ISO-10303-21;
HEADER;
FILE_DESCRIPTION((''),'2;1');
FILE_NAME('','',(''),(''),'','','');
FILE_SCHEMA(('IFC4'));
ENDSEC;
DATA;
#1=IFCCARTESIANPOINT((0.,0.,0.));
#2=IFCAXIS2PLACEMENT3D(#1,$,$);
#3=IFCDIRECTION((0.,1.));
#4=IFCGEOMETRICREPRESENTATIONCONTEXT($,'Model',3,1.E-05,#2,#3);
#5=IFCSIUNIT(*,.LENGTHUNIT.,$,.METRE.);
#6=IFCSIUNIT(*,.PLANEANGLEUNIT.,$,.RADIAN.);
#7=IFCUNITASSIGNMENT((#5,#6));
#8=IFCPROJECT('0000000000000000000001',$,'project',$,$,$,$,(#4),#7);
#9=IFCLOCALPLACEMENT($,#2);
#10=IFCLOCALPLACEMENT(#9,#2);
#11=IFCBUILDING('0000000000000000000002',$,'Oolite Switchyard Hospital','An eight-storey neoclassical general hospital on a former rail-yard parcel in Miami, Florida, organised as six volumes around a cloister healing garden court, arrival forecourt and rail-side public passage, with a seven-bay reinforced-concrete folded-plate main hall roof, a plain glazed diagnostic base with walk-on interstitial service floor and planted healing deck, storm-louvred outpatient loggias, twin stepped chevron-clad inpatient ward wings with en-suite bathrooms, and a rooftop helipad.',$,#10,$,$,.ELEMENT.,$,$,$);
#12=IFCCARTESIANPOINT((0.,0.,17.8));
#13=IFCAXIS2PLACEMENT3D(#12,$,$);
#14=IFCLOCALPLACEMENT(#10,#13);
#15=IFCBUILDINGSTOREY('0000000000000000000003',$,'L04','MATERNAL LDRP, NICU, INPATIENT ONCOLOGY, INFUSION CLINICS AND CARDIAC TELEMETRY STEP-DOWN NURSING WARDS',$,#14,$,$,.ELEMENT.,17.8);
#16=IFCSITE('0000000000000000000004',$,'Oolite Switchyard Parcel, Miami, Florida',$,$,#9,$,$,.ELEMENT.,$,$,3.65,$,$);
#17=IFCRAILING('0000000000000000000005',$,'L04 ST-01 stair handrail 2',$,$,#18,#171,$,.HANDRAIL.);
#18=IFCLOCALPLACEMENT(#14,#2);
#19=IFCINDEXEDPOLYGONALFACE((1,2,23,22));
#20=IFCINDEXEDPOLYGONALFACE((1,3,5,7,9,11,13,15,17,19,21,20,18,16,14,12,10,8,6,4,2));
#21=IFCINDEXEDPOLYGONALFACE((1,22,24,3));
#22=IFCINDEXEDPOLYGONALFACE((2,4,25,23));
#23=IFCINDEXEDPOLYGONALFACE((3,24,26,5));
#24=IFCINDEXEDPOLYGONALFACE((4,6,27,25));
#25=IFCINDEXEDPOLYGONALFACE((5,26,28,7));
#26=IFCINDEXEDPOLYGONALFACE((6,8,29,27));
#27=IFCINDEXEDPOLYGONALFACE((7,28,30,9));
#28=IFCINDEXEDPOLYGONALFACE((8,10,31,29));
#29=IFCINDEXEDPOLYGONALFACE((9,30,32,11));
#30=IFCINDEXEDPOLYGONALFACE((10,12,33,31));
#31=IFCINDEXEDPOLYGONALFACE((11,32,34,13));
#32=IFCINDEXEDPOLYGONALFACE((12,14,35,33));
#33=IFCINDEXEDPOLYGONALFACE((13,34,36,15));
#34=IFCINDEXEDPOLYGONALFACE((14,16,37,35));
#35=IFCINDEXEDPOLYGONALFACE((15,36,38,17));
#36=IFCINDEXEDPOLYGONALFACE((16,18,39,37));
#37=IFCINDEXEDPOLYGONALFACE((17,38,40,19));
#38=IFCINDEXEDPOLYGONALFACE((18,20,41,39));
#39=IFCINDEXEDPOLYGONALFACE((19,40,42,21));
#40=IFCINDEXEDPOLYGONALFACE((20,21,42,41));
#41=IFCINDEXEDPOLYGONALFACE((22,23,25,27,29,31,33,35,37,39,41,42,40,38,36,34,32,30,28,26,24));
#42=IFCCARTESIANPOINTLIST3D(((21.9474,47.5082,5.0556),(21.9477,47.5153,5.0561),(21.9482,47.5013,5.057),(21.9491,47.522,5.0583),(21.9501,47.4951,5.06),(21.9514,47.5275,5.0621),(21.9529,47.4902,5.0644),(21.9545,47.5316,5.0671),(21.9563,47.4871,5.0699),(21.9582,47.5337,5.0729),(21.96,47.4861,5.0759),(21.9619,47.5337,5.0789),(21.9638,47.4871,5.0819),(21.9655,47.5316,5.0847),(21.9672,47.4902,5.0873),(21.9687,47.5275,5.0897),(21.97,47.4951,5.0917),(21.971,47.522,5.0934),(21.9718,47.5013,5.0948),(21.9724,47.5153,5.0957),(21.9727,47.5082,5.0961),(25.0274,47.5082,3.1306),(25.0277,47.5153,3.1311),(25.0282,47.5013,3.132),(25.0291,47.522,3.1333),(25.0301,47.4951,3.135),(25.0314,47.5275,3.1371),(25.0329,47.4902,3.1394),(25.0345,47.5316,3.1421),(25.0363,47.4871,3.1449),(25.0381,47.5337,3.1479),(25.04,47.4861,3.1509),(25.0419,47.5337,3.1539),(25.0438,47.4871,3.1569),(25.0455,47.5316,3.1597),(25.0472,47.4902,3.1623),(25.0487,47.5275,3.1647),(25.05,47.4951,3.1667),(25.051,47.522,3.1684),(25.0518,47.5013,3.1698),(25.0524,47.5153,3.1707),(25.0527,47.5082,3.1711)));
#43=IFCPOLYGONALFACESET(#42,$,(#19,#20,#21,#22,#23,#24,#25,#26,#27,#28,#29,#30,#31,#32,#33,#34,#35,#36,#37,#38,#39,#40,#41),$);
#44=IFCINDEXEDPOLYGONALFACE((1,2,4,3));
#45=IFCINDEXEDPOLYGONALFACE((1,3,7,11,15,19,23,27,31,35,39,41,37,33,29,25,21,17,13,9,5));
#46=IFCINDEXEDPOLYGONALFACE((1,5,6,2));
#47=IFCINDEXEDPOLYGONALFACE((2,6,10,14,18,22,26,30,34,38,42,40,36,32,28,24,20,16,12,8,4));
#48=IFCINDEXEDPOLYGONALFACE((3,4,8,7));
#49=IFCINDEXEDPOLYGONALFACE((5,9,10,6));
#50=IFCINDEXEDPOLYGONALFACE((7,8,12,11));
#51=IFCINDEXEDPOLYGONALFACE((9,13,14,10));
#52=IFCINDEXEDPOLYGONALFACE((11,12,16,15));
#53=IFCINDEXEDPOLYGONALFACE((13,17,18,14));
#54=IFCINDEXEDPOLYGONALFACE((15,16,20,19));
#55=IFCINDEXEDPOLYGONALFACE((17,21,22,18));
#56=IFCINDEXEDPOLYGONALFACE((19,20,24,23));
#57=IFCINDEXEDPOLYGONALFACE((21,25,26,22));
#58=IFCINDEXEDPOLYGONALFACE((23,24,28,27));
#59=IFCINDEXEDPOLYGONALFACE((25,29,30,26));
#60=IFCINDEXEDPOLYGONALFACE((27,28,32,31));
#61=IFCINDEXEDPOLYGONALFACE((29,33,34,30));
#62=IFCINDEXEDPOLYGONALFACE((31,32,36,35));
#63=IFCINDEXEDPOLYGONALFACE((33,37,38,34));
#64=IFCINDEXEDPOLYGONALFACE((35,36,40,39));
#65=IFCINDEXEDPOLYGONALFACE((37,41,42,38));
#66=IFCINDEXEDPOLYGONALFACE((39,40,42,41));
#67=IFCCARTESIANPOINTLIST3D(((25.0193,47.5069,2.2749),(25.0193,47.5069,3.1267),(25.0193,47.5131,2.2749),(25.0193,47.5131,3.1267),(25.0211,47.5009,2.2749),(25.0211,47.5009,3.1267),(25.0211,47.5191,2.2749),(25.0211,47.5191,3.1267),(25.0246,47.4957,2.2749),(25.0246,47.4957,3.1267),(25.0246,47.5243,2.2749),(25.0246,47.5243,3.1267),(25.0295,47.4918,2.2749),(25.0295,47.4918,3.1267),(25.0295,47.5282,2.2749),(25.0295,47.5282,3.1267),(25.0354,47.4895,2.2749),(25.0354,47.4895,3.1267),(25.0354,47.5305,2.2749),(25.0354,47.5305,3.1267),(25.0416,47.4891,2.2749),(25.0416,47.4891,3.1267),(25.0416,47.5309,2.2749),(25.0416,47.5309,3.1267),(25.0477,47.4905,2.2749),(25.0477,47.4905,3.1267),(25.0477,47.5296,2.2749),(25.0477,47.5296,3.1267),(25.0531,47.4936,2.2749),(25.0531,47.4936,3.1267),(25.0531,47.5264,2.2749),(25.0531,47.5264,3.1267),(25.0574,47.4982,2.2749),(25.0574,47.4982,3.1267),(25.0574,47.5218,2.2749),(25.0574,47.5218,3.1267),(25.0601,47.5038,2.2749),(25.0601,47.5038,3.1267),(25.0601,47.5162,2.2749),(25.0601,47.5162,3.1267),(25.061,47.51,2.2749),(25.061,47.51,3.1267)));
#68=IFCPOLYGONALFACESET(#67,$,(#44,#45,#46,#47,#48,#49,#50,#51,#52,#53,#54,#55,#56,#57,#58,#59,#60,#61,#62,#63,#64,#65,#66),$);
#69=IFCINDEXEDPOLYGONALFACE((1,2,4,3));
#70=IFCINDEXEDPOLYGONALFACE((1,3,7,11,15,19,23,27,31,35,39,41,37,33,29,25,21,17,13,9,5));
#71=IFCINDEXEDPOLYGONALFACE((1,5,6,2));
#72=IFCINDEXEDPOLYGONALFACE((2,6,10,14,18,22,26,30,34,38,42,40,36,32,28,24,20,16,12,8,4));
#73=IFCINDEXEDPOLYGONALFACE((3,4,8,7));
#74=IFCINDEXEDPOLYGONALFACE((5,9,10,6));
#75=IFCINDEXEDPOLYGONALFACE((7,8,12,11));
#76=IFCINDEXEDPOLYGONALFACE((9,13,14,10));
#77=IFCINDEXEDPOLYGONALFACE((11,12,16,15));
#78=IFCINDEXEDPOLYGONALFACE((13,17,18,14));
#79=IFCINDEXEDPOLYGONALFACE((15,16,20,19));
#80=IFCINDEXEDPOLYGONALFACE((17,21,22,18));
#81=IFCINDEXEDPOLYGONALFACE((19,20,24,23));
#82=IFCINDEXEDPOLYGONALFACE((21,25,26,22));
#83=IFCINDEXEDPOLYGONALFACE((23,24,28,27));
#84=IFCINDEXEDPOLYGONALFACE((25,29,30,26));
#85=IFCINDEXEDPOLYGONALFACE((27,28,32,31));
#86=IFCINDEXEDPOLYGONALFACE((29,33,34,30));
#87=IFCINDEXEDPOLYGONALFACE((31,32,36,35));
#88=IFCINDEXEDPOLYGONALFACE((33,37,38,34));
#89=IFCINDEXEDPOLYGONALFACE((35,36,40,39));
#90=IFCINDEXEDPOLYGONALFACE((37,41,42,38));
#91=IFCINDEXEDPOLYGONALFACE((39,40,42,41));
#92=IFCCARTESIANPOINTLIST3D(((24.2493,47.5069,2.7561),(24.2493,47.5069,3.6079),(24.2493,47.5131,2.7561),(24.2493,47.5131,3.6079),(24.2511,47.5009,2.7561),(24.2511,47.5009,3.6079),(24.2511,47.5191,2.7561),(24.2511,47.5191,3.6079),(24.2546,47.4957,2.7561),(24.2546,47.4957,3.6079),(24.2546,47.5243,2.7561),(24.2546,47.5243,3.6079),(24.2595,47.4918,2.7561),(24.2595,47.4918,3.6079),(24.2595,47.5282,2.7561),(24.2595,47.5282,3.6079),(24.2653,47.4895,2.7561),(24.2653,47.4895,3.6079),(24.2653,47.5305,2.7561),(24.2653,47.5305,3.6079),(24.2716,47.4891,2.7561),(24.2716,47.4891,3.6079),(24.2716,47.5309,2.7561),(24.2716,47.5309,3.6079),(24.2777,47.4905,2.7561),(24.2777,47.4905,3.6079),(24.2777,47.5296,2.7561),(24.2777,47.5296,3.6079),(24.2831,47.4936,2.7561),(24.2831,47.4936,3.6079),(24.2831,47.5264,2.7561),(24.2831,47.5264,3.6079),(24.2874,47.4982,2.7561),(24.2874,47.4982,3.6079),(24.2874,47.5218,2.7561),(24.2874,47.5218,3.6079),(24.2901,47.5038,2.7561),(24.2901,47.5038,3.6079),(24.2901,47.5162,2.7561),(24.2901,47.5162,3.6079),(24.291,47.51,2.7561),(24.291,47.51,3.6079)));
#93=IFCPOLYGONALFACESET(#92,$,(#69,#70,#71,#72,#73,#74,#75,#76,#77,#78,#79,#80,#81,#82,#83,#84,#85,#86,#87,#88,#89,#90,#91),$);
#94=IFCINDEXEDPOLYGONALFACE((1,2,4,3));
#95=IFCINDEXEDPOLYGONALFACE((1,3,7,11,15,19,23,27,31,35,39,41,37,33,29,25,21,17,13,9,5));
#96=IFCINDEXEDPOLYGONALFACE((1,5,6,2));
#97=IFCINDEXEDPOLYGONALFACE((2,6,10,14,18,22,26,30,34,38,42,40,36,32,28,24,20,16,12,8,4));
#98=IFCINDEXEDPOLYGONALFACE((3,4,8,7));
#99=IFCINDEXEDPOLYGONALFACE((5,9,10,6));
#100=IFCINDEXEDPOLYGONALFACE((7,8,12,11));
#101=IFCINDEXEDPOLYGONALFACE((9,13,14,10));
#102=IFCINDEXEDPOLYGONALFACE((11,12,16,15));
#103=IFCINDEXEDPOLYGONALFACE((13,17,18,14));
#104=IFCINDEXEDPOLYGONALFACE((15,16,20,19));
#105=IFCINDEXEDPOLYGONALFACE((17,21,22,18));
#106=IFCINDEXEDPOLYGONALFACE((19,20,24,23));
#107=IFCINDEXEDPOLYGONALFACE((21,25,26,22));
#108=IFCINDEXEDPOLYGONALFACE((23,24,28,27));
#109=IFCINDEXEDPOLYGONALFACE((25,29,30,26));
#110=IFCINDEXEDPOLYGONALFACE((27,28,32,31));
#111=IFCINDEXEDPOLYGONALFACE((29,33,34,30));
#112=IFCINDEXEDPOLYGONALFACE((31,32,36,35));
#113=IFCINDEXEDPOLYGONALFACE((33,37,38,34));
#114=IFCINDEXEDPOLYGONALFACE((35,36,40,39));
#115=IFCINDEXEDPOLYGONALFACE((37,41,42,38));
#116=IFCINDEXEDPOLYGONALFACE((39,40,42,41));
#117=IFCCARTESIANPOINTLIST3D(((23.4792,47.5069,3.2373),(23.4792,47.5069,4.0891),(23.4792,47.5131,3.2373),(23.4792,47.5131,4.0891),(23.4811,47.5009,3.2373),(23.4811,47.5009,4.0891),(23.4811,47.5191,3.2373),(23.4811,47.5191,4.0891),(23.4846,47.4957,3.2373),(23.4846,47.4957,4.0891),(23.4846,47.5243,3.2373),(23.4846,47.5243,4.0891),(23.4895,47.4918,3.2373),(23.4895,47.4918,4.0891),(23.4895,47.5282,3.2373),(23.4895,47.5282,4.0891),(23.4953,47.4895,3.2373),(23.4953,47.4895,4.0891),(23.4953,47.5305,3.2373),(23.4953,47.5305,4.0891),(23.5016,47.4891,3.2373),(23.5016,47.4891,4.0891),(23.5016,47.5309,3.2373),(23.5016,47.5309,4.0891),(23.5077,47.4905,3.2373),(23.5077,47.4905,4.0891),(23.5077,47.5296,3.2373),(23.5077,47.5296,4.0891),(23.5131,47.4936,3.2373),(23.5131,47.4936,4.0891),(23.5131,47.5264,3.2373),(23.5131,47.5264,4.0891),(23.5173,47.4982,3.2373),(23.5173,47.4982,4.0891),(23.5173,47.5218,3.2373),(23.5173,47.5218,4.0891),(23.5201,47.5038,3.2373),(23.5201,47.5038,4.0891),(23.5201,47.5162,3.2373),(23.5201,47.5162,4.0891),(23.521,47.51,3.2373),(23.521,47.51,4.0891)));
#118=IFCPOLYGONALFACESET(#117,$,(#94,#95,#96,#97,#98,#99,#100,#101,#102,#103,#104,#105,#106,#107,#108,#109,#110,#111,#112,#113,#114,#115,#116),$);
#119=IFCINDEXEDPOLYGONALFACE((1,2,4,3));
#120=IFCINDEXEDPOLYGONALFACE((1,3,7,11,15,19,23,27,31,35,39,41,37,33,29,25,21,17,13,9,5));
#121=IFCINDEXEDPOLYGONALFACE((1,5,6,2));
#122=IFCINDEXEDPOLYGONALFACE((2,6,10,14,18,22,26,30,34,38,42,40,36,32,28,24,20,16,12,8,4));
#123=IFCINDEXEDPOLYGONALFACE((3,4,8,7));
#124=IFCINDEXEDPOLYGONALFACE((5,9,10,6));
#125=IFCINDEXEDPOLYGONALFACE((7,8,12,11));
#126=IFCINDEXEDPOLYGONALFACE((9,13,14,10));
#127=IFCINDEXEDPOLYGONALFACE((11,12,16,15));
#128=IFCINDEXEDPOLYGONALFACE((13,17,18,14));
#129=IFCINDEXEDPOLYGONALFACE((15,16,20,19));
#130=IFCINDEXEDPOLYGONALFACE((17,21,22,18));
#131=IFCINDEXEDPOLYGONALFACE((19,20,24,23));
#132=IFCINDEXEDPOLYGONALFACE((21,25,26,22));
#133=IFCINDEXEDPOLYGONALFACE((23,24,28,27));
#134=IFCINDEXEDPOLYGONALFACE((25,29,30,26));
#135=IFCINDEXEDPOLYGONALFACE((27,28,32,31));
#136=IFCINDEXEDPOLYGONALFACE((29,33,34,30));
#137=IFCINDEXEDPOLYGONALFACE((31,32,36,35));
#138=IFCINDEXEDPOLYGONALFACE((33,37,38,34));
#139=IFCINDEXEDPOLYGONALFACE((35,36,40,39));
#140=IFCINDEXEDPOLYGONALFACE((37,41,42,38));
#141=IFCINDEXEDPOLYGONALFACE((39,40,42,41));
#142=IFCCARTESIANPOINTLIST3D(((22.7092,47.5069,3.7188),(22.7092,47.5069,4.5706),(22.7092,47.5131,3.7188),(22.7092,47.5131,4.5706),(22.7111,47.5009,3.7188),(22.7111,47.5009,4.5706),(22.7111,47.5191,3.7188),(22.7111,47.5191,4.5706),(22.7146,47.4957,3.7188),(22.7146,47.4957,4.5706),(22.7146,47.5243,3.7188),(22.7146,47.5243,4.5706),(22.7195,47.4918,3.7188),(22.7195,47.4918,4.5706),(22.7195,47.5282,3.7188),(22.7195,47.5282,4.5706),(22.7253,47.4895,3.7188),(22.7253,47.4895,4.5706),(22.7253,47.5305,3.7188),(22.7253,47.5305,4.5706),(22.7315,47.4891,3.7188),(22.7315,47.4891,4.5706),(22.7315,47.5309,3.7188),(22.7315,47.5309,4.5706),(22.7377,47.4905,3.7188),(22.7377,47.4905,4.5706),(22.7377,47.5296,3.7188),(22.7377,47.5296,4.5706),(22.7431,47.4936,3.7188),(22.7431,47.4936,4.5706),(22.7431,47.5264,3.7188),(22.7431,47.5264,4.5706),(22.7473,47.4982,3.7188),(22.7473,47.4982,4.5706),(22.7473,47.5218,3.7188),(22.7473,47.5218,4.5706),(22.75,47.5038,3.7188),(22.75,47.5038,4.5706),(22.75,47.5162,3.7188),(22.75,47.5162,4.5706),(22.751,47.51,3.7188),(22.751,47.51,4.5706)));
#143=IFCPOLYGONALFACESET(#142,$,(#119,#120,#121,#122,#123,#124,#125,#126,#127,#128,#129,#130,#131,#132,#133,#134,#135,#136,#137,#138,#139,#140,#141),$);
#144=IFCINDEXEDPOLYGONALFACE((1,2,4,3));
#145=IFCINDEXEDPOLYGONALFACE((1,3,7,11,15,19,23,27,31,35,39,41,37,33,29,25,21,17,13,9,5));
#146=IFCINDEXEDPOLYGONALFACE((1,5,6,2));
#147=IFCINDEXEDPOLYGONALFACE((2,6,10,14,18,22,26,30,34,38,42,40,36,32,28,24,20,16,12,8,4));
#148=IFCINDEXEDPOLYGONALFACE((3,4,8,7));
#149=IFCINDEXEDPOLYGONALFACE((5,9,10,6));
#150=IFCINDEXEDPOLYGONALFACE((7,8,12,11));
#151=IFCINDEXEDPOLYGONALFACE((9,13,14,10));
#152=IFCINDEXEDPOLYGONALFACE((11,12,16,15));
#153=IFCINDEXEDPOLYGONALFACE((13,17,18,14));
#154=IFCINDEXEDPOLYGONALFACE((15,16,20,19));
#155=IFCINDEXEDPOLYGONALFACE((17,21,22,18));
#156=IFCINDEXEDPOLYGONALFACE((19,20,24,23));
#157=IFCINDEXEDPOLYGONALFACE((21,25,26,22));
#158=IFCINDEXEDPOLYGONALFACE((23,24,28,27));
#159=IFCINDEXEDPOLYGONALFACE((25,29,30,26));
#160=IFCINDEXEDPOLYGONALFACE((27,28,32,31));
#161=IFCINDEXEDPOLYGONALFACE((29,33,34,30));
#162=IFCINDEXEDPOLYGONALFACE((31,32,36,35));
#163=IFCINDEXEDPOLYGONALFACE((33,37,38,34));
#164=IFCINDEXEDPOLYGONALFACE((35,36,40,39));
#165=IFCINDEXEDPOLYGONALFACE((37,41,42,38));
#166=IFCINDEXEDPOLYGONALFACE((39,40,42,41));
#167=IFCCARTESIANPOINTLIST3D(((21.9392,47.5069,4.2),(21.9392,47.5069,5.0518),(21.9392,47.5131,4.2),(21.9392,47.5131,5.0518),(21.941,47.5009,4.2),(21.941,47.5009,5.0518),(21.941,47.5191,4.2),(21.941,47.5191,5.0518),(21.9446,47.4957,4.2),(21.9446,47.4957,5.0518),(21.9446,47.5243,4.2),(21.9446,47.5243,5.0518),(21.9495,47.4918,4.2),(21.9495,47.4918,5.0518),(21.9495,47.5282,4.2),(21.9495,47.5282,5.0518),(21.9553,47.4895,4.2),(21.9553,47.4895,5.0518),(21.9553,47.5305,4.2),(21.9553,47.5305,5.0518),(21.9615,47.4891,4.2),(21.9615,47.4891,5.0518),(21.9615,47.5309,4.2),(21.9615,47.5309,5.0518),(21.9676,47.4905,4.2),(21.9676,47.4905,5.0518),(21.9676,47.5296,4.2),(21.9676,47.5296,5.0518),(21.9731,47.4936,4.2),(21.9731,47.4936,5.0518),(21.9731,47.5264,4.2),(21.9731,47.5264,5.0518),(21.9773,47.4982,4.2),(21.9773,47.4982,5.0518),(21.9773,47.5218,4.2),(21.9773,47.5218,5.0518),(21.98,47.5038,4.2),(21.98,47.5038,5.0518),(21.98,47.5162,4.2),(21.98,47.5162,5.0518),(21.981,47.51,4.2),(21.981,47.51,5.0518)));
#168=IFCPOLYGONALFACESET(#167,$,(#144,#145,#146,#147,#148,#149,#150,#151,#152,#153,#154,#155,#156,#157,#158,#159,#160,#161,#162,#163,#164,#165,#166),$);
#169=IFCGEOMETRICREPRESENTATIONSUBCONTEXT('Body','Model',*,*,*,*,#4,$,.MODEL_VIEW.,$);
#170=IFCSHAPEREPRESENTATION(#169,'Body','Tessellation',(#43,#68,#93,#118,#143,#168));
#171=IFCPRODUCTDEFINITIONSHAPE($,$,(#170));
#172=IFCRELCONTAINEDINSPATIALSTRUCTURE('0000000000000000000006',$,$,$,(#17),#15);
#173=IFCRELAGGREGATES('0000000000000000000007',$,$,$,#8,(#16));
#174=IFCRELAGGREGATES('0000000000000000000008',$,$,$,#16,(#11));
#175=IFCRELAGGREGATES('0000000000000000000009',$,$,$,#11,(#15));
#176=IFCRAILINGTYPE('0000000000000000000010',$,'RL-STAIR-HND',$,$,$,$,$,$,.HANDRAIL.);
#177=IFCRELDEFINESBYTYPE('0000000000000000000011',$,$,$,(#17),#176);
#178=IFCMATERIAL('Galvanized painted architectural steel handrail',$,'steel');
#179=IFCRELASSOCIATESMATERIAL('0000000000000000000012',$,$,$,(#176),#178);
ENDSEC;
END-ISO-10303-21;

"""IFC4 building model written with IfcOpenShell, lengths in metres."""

from ifc_helpers import new_model, si_unit, direction, frame, origin, origin_2d, place, context, subcontext, project, spatial, circle, extrude, material, type_object, element, save


model = new_model("IFC4")

# Units and contexts
model_context = context("Model", 3, precision=1e-05, world=origin(), true_north=direction((0.0, 1.0)))
body_context = subcontext(model_context, "Body", "Model", "MODEL_VIEW")
ifc_project = project(units=[si_unit("LENGTHUNIT", "METRE"), si_unit("PLANEANGLEUNIT", "RADIAN")], contexts=[model_context])

# Site, building, storey
site_placement = place(None, origin())
site = spatial("IfcSite", under=ifc_project, at=site_placement, Name="Oolite Switchyard Parcel, Miami, Florida", CompositionType="ELEMENT", RefElevation=3.65)
building_placement = place(site_placement, origin())
building = spatial("IfcBuilding", under=site, at=building_placement, Name="Oolite Switchyard Hospital", Description="An eight-storey neoclassical general hospital on a former rail-yard parcel in Miami, Florida, organised as six volumes around a cloister healing garden court, arrival forecourt and rail-side public passage, with a seven-bay reinforced-concrete folded-plate main hall roof, a plain glazed diagnostic base with walk-on interstitial service floor and planted healing deck, storm-louvred outpatient loggias, twin stepped chevron-clad inpatient ward wings with en-suite bathrooms, and a rooftop helipad.", CompositionType="ELEMENT")
storey_placement = place(building_placement, frame((0.0, 0.0, 17.8)))
storey = spatial("IfcBuildingStorey", under=building, at=storey_placement, Name="L04", Description="MATERNAL LDRP, NICU, INPATIENT ONCOLOGY, INFUSION CLINICS AND CARDIAC TELEMETRY STEP-DOWN NURSING WARDS", CompositionType="ELEMENT", Elevation=17.8)

# Railing
ifc_material_1 = material(Name="Galvanized painted architectural steel handrail", Category="steel")
railing_type_1 = type_object("IfcRailingType", Name="RL-STAIR-HND", PredefinedType="HANDRAIL", material=ifc_material_1)
railing_1_placement = place(storey_placement, frame((25.04, 47.51, 2.2749)))
element("IfcRailing", 1, at=railing_1_placement, inside=storey, type_object=railing_type_1, Name="L04 ST-01 stair handrail 2", PredefinedType="HANDRAIL", context=body_context, shape_type="SweptSolid", body=[
    extrude(circle(Radius=0.0239, at=origin_2d()), frame((0.0, 0.0, 0.876), z_axis=(-0.847998, 0.0, 0.529999), x_axis=(0.0, -1.0, 0.0)), (0.0, 0.0, 1.0), 3.6321),
    extrude(circle(Radius=0.021, at=origin_2d()), origin(), (0.0, 0.0, 1.0), 0.8518),
    extrude(circle(Radius=0.021, at=origin_2d()), frame((-0.77, 0.0, 0.4812)), (0.0, 0.0, 1.0), 0.8518),
    extrude(circle(Radius=0.021, at=origin_2d()), frame((-1.54, 0.0, 0.9624)), (0.0, 0.0, 1.0), 0.8518),
    extrude(circle(Radius=0.021, at=origin_2d()), frame((-2.3101, 0.0, 1.4438)), (0.0, 0.0, 1.0), 0.8518),
    extrude(circle(Radius=0.021, at=origin_2d()), frame((-3.0801, 0.0, 1.925)), (0.0, 0.0, 1.0), 0.8518),
])

save(model, "model.ifc")
